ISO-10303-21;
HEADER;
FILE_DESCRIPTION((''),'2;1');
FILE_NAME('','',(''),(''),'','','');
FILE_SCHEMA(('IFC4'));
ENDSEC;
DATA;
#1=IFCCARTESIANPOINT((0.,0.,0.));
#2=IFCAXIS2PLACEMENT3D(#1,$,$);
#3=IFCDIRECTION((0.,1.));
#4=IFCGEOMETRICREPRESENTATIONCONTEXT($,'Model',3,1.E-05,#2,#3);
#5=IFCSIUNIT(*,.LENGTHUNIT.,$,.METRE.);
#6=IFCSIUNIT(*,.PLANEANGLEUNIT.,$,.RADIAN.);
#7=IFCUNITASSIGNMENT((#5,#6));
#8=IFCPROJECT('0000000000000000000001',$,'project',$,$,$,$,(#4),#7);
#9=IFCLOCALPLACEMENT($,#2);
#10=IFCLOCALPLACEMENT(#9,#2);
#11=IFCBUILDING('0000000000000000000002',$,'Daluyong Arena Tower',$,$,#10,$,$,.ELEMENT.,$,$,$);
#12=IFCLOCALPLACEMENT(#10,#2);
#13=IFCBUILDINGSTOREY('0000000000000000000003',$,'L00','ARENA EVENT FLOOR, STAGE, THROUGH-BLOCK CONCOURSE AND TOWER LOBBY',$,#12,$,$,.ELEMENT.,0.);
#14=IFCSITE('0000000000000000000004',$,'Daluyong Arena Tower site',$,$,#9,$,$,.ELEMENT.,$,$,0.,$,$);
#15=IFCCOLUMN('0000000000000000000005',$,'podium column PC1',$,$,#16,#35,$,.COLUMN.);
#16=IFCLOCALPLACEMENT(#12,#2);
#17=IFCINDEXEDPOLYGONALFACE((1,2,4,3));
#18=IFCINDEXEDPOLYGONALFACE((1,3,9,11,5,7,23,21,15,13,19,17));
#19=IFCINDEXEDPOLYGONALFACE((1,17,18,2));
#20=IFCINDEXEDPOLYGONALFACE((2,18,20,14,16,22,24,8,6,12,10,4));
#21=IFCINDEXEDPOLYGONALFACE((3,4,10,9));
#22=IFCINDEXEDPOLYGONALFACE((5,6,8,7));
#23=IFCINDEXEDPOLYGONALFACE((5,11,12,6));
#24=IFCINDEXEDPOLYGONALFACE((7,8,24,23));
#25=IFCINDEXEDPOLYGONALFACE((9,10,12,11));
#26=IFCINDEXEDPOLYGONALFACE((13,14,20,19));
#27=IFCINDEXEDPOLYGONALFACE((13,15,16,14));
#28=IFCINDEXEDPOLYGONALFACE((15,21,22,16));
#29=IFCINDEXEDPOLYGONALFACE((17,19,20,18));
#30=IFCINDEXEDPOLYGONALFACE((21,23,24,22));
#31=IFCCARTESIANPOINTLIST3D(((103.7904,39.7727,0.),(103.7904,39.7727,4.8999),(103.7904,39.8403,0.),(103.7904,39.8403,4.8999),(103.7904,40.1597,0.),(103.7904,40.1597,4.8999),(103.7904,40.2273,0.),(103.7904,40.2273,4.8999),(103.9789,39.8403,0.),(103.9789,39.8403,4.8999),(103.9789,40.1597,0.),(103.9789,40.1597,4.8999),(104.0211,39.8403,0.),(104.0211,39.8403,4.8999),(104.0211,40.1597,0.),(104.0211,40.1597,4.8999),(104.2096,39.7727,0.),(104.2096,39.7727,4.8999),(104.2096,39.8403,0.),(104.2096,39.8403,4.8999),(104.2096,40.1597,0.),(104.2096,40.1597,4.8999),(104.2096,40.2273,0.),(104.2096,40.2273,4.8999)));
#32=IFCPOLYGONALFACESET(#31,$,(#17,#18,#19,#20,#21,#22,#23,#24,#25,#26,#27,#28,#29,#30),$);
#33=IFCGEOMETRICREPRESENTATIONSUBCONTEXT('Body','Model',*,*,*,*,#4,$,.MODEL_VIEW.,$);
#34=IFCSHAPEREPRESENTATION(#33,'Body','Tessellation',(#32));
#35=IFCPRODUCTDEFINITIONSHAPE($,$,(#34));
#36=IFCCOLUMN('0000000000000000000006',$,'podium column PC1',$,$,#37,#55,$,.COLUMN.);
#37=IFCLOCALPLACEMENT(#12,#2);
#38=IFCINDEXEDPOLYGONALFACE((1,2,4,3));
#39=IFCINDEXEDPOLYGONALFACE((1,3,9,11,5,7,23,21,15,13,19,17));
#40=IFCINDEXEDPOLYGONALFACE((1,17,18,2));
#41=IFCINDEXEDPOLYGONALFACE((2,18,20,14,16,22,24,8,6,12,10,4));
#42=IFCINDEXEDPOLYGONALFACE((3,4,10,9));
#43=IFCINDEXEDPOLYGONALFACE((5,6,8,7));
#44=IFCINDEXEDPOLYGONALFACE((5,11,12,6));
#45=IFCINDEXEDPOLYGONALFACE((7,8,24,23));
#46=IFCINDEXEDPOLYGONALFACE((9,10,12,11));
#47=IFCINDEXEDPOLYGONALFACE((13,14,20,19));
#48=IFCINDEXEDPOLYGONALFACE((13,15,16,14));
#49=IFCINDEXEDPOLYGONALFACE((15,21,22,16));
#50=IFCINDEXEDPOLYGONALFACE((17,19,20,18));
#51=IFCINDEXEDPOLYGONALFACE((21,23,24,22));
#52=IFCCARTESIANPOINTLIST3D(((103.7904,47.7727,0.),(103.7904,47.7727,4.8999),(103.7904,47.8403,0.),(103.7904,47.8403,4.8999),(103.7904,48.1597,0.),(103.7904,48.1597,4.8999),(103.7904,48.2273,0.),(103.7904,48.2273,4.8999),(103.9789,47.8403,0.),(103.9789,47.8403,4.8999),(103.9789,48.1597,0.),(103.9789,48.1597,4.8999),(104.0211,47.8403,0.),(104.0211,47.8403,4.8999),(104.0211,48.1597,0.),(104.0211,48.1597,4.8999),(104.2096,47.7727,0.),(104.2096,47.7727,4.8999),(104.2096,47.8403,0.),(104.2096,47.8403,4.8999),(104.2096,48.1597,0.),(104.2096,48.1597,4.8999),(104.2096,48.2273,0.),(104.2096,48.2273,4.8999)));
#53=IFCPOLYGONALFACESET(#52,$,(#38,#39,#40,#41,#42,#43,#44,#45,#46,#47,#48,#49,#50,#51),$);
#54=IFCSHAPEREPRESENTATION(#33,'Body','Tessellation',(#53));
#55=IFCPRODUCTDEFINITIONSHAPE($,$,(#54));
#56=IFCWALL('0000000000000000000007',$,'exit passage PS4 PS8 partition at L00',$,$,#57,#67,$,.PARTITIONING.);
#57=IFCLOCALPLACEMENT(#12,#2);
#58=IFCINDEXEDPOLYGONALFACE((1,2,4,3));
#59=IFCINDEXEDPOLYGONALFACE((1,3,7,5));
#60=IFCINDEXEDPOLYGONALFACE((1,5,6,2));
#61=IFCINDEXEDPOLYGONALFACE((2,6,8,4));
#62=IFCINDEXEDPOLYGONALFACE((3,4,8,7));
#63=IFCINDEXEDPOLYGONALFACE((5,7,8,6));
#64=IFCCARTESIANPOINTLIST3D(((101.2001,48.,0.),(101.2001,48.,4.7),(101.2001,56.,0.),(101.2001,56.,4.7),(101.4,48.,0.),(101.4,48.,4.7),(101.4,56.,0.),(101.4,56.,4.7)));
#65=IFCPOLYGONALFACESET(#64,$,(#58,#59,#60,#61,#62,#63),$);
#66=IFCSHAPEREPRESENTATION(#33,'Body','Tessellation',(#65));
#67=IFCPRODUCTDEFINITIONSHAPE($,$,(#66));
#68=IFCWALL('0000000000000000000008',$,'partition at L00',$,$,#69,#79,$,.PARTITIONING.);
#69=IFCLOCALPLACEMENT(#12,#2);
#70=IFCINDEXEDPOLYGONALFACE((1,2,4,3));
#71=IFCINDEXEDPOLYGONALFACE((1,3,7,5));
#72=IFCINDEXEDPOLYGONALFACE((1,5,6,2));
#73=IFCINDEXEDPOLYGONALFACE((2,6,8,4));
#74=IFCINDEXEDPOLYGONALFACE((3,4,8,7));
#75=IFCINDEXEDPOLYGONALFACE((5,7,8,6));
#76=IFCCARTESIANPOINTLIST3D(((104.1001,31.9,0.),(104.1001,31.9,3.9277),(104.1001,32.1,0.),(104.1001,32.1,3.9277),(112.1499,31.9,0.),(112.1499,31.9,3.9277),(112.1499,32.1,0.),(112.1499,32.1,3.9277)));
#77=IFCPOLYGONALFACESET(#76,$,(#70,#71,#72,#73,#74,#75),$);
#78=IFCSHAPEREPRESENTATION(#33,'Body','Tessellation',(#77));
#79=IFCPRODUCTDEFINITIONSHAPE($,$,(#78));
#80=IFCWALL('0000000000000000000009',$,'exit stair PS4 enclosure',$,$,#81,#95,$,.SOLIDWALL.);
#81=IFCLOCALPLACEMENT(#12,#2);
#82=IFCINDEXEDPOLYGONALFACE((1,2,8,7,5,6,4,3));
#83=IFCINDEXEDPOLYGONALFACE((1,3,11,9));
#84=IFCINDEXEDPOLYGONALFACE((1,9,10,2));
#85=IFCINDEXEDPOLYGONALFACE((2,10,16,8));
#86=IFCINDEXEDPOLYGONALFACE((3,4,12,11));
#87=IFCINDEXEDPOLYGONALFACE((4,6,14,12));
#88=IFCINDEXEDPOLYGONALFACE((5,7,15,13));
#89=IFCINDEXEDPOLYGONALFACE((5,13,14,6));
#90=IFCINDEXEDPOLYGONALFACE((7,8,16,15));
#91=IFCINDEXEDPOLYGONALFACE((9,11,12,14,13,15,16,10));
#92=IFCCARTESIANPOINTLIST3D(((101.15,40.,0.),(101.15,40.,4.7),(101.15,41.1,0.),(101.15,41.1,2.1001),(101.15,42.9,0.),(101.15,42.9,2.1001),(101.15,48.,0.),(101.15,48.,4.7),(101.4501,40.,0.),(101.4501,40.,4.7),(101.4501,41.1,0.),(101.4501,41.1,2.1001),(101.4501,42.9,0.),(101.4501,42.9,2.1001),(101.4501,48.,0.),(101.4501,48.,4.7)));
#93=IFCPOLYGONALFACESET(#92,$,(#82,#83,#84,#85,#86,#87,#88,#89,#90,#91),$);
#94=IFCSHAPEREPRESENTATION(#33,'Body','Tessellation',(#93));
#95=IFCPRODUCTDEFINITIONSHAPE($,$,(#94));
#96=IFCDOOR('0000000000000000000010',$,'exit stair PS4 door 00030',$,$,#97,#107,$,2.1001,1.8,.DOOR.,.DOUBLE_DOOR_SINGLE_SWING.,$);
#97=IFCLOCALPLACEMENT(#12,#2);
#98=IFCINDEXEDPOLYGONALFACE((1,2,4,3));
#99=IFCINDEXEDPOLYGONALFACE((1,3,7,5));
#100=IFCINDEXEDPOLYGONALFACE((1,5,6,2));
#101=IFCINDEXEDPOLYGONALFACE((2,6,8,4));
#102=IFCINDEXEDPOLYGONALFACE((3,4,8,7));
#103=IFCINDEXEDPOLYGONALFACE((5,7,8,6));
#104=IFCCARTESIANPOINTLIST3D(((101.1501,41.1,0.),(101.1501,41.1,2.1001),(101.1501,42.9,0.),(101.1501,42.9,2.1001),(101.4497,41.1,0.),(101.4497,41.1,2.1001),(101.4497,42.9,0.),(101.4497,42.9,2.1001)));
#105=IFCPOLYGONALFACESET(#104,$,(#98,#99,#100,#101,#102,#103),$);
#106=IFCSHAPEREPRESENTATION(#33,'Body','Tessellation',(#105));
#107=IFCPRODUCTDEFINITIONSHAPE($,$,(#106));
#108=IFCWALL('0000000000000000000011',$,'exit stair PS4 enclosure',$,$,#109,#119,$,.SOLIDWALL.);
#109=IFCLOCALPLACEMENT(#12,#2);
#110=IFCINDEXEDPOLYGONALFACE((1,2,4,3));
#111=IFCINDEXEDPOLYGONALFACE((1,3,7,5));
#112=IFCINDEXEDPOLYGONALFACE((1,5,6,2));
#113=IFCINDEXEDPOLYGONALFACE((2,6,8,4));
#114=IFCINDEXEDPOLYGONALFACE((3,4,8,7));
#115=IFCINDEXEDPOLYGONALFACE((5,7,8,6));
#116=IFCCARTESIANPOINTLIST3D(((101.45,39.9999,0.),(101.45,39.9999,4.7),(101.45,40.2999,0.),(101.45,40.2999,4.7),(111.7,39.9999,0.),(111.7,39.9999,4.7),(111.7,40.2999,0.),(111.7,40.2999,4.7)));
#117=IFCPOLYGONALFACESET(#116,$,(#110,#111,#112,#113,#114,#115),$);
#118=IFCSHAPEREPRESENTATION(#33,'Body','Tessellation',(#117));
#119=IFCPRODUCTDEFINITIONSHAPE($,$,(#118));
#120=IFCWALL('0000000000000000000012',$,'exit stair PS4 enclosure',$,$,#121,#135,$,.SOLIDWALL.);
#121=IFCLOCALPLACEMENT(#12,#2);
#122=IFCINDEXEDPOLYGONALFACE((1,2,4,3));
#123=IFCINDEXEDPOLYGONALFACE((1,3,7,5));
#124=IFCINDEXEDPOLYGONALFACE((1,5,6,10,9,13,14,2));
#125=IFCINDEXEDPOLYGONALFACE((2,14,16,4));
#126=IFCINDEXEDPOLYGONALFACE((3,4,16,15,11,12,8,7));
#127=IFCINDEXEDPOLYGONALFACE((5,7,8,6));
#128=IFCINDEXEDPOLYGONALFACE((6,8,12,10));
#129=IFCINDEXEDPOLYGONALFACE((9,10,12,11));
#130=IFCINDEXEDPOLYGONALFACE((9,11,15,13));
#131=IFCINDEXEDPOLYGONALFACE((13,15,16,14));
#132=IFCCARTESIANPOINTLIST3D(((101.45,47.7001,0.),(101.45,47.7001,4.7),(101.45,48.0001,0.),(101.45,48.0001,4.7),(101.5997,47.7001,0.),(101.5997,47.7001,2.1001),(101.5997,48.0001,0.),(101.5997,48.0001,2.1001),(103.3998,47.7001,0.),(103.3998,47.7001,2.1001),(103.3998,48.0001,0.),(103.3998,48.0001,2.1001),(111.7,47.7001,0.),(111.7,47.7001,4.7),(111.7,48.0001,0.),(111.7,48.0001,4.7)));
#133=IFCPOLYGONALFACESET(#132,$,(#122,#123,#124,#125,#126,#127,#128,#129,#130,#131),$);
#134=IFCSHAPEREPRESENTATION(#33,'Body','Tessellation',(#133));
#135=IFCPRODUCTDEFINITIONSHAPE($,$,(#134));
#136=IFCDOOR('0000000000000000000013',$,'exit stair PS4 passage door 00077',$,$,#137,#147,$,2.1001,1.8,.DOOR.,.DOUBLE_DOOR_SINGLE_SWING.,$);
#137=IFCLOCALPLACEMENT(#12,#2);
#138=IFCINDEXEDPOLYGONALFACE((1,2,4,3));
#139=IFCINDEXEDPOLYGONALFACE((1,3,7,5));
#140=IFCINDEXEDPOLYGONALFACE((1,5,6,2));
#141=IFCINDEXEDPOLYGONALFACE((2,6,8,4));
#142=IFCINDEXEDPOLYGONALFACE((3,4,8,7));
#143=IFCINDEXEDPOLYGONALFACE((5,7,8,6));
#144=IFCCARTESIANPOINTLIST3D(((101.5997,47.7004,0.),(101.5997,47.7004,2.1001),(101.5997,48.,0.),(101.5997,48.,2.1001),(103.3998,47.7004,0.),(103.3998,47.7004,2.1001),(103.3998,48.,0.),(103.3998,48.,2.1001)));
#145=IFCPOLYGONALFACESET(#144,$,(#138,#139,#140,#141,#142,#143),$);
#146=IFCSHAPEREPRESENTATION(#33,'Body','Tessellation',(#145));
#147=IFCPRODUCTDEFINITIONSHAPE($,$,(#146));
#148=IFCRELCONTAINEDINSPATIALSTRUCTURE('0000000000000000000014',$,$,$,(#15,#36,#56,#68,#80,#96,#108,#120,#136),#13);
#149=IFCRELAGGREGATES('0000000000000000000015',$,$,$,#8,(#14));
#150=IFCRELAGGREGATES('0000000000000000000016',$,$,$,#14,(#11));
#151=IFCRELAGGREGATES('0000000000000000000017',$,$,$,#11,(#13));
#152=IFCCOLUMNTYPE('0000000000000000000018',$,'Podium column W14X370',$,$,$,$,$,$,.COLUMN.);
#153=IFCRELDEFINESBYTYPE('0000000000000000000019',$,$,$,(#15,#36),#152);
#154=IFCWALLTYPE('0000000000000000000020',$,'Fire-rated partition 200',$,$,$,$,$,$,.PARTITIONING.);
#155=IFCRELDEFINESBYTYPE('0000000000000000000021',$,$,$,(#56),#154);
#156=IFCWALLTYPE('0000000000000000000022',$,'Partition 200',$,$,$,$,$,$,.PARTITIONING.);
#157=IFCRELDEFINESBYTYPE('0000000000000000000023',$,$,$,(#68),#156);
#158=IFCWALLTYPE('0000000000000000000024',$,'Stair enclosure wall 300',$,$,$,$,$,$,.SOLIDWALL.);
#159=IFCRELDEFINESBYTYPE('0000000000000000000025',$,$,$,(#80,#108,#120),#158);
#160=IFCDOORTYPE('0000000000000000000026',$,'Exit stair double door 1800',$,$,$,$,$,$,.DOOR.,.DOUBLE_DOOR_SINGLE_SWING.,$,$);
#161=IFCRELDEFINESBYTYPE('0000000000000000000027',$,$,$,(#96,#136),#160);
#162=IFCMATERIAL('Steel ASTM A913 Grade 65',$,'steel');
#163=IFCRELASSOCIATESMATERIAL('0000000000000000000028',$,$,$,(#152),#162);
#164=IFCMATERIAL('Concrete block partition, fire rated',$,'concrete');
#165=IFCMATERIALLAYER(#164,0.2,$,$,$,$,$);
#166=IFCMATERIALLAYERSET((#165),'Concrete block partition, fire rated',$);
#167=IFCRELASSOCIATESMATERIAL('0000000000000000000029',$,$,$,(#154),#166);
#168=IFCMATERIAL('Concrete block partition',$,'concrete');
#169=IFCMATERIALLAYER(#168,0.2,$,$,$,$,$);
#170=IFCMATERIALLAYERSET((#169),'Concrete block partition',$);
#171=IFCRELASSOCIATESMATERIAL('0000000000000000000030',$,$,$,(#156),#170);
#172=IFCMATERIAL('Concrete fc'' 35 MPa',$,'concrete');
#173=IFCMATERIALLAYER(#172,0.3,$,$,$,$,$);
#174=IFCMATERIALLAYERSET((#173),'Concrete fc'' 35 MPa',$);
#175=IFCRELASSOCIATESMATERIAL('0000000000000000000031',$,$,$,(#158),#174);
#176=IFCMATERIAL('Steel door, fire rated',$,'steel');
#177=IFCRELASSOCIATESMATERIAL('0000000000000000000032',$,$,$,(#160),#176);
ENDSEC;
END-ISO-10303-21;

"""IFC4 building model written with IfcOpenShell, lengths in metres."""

from ifc_helpers import new_model, si_unit, direction, frame, frame_2d, origin, origin_2d, place, context, subcontext, project, spatial, rectangle, i_section, extrude, material, layer, layer_set, material_profile, profile_set, type_object, element, fill, save


model = new_model("IFC4")

# Units and contexts
model_context = context("Model", 3, precision=1e-05, world=origin(), true_north=direction((0.0, 1.0)))
body_context = subcontext(model_context, "Body", "Model", "MODEL_VIEW")
ifc_project = project(units=[si_unit("LENGTHUNIT", "METRE"), si_unit("PLANEANGLEUNIT", "RADIAN")], contexts=[model_context])

# Site, building, storey
site_placement = place(None, origin())
site = spatial("IfcSite", under=ifc_project, at=site_placement, Name="Daluyong Arena Tower site", CompositionType="ELEMENT", RefElevation=0.0)
building_placement = place(site_placement, origin())
building = spatial("IfcBuilding", under=site, at=building_placement, Name="Daluyong Arena Tower", CompositionType="ELEMENT")
storey_placement = place(building_placement, origin())
storey = spatial("IfcBuildingStorey", under=building, at=storey_placement, Name="L00", Description="ARENA EVENT FLOOR, STAGE, THROUGH-BLOCK CONCOURSE AND TOWER LOBBY", CompositionType="ELEMENT", Elevation=0.0)

# Columns
ifc_material_1 = material(Name="Steel ASTM A913 Grade 65", Category="steel")
ifc_material_profile = material_profile(ifc_material_1, i_section(OverallWidth=0.4192, OverallDepth=0.4546, WebThickness=0.0422, FlangeThickness=0.0676, at=origin_2d()))
ifc_profile_set = profile_set([ifc_material_profile], Name="Steel ASTM A913 Grade 65")
column_type = type_object("IfcColumnType", Name="Podium column W14X370", PredefinedType="COLUMN", material=ifc_profile_set)
for number, where, z_axis, x_axis, name in (
    (1, (104.0, 40.0, 0.0), (0.0, 0.0, 1.0), (1.0, 0.0, 0.0), "podium column PC1"),
    (2, (104.0, 48.0, 0.0), (0.0, 0.0, 1.0), (1.0, 0.0, 0.0), "podium column PC1"),
):
    element("IfcColumn", number, at=place(storey_placement, frame(where, z_axis=z_axis, x_axis=x_axis)), inside=storey, type_object=column_type, Name=name, PredefinedType="COLUMN", context=body_context, shape_type="SweptSolid", body=[
        extrude(i_section(OverallWidth=0.4192, OverallDepth=0.4546, WebThickness=0.0422, FlangeThickness=0.0676, at=origin_2d()), origin(), (0.0, 0.0, 1.0), 4.8999),
    ])

# Walls
ifc_material_2 = material(Name="Concrete block partition, fire rated", Category="concrete")
ifc_layer_1 = layer(ifc_material_2, 0.2)
ifc_layer_set_1 = layer_set([ifc_layer_1], Name="Concrete block partition, fire rated")
wall_type_1 = type_object("IfcWallType", Name="Fire-rated partition 200", PredefinedType="PARTITIONING", material=ifc_layer_set_1)
wall_1_placement = place(storey_placement, frame((101.3, 48.0, 0.0), z_axis=(0.0, 0.0, 1.0), x_axis=(0.0, 1.0, 0.0)))
element("IfcWall", 3, at=wall_1_placement, inside=storey, type_object=wall_type_1, Name="exit passage PS4 PS8 partition at L00", PredefinedType="PARTITIONING", context=body_context, shape_type="SweptSolid", body=[
    extrude(rectangle(XDim=8.0, YDim=0.2, at=frame_2d((4.0, 0.0))), origin(), (0.0, 0.0, 1.0), 4.7),
])
ifc_material_3 = material(Name="Concrete block partition", Category="concrete")
ifc_layer_2 = layer(ifc_material_3, 0.2)
ifc_layer_set_2 = layer_set([ifc_layer_2], Name="Concrete block partition")
wall_type_2 = type_object("IfcWallType", Name="Partition 200", PredefinedType="PARTITIONING", material=ifc_layer_set_2)
wall_2_placement = place(storey_placement, frame((104.1001, 32.0, 0.0), z_axis=(0.0, 0.0, 1.0), x_axis=(1.0, 0.0, 0.0)))
element("IfcWall", 4, at=wall_2_placement, inside=storey, type_object=wall_type_2, Name="partition at L00", PredefinedType="PARTITIONING", context=body_context, shape_type="SweptSolid", body=[
    extrude(rectangle(XDim=8.0498, YDim=0.2, at=frame_2d((4.0249, 0.0))), origin(), (0.0, 0.0, 1.0), 3.9277),
])

# Wall, opening, door
ifc_material_4 = material(Name="Concrete fc' 35 MPa", Category="concrete")
ifc_layer_3 = layer(ifc_material_4, 0.3)
ifc_layer_set_3 = layer_set([ifc_layer_3], Name="Concrete fc' 35 MPa")
wall_type_3 = type_object("IfcWallType", Name="Stair enclosure wall 300", PredefinedType="SOLIDWALL", material=ifc_layer_set_3)
wall_3_placement = place(storey_placement, frame((101.3, 40.0, 0.0), z_axis=(0.0, 0.0, 1.0), x_axis=(0.0, 1.0, 0.0)))
wall_3 = element("IfcWall", 5, at=wall_3_placement, inside=storey, type_object=wall_type_3, Name="exit stair PS4 enclosure", PredefinedType="SOLIDWALL", context=body_context, shape_type="SweptSolid", body=[
    extrude(rectangle(XDim=8.0, YDim=0.3, at=frame_2d((4.0, 0.0))), origin(), (0.0, 0.0, 1.0), 4.7),
])
opening_1_placement = place(wall_3_placement, frame((1.1001, 0.0, 0.0)))
opening_1 = element("IfcOpeningElement", 6, at=opening_1_placement, cuts=wall_3, PredefinedType="OPENING", context=body_context, shape_type="SweptSolid", body=[
    extrude(rectangle(XDim=1.8, YDim=2.1001, at=frame_2d((0.8999, 1.05))), frame((0.0, 0.1599, 0.0), z_axis=(0.0, -1.0, 0.0), x_axis=(1.0, 0.0, 0.0)), (0.0, 0.0, 1.0), 0.3201),
])
ifc_material_5 = material(Name="Steel door, fire rated", Category="steel")
door_type = type_object("IfcDoorType", Name="Exit stair double door 1800", OperationType="DOUBLE_DOOR_SINGLE_SWING", PredefinedType="DOOR", material=ifc_material_5)
door_1_placement = place(opening_1_placement, origin())
door_1 = element("IfcDoor", 7, at=door_1_placement, inside=storey, type_object=door_type, Name="exit stair PS4 door 00030", OperationType="DOUBLE_DOOR_SINGLE_SWING", OverallHeight=2.1001, OverallWidth=1.8, PredefinedType="DOOR", context=body_context, shape_type="SweptSolid", body=[
    extrude(rectangle(XDim=1.8, YDim=2.1001, at=frame_2d((0.8999, 1.05))), frame((0.0, 0.1499, 0.0), z_axis=(0.0, -1.0, 0.0), x_axis=(1.0, 0.0, 0.0)), (0.0, 0.0, 1.0), 0.2996),
])
fill(opening_1, door_1)

# Wall
wall_4_placement = place(storey_placement, frame((101.45, 40.1499, 0.0), z_axis=(0.0, 0.0, 1.0), x_axis=(1.0, 0.0, 0.0)))
element("IfcWall", 8, at=wall_4_placement, inside=storey, type_object=wall_type_3, Name="exit stair PS4 enclosure", PredefinedType="SOLIDWALL", context=body_context, shape_type="SweptSolid", body=[
    extrude(rectangle(XDim=10.25, YDim=0.3, at=frame_2d((5.125, 0.0))), origin(), (0.0, 0.0, 1.0), 4.7),
])

# Wall, opening, door
wall_5_placement = place(storey_placement, frame((101.45, 47.8501, 0.0), z_axis=(0.0, 0.0, 1.0), x_axis=(1.0, 0.0, 0.0)))
wall_5 = element("IfcWall", 9, at=wall_5_placement, inside=storey, type_object=wall_type_3, Name="exit stair PS4 enclosure", PredefinedType="SOLIDWALL", context=body_context, shape_type="SweptSolid", body=[
    extrude(rectangle(XDim=10.25, YDim=0.3, at=frame_2d((5.125, 0.0))), origin(), (0.0, 0.0, 1.0), 4.7),
])
opening_2_placement = place(wall_5_placement, frame((0.1499, 0.0, 0.0)))
opening_2 = element("IfcOpeningElement", 10, at=opening_2_placement, cuts=wall_5, PredefinedType="OPENING", context=body_context, shape_type="SweptSolid", body=[
    extrude(rectangle(XDim=1.8, YDim=2.1001, at=frame_2d((0.8999, 1.05))), frame((0.0, 0.1599, 0.0), z_axis=(0.0, -1.0, 0.0), x_axis=(1.0, 0.0, 0.0)), (0.0, 0.0, 1.0), 0.3201),
])
door_2_placement = place(opening_2_placement, origin())
door_2 = element("IfcDoor", 11, at=door_2_placement, inside=storey, type_object=door_type, Name="exit stair PS4 passage door 00077", OperationType="DOUBLE_DOOR_SINGLE_SWING", OverallHeight=2.1001, OverallWidth=1.8, PredefinedType="DOOR", context=body_context, shape_type="SweptSolid", body=[
    extrude(rectangle(XDim=1.8, YDim=2.1001, at=frame_2d((0.8999, 1.05))), frame((0.0, 0.1499, 0.0), z_axis=(0.0, -1.0, 0.0), x_axis=(1.0, 0.0, 0.0)), (0.0, 0.0, 1.0), 0.2996),
])
fill(opening_2, door_2)

save(model, "model.ifc")
